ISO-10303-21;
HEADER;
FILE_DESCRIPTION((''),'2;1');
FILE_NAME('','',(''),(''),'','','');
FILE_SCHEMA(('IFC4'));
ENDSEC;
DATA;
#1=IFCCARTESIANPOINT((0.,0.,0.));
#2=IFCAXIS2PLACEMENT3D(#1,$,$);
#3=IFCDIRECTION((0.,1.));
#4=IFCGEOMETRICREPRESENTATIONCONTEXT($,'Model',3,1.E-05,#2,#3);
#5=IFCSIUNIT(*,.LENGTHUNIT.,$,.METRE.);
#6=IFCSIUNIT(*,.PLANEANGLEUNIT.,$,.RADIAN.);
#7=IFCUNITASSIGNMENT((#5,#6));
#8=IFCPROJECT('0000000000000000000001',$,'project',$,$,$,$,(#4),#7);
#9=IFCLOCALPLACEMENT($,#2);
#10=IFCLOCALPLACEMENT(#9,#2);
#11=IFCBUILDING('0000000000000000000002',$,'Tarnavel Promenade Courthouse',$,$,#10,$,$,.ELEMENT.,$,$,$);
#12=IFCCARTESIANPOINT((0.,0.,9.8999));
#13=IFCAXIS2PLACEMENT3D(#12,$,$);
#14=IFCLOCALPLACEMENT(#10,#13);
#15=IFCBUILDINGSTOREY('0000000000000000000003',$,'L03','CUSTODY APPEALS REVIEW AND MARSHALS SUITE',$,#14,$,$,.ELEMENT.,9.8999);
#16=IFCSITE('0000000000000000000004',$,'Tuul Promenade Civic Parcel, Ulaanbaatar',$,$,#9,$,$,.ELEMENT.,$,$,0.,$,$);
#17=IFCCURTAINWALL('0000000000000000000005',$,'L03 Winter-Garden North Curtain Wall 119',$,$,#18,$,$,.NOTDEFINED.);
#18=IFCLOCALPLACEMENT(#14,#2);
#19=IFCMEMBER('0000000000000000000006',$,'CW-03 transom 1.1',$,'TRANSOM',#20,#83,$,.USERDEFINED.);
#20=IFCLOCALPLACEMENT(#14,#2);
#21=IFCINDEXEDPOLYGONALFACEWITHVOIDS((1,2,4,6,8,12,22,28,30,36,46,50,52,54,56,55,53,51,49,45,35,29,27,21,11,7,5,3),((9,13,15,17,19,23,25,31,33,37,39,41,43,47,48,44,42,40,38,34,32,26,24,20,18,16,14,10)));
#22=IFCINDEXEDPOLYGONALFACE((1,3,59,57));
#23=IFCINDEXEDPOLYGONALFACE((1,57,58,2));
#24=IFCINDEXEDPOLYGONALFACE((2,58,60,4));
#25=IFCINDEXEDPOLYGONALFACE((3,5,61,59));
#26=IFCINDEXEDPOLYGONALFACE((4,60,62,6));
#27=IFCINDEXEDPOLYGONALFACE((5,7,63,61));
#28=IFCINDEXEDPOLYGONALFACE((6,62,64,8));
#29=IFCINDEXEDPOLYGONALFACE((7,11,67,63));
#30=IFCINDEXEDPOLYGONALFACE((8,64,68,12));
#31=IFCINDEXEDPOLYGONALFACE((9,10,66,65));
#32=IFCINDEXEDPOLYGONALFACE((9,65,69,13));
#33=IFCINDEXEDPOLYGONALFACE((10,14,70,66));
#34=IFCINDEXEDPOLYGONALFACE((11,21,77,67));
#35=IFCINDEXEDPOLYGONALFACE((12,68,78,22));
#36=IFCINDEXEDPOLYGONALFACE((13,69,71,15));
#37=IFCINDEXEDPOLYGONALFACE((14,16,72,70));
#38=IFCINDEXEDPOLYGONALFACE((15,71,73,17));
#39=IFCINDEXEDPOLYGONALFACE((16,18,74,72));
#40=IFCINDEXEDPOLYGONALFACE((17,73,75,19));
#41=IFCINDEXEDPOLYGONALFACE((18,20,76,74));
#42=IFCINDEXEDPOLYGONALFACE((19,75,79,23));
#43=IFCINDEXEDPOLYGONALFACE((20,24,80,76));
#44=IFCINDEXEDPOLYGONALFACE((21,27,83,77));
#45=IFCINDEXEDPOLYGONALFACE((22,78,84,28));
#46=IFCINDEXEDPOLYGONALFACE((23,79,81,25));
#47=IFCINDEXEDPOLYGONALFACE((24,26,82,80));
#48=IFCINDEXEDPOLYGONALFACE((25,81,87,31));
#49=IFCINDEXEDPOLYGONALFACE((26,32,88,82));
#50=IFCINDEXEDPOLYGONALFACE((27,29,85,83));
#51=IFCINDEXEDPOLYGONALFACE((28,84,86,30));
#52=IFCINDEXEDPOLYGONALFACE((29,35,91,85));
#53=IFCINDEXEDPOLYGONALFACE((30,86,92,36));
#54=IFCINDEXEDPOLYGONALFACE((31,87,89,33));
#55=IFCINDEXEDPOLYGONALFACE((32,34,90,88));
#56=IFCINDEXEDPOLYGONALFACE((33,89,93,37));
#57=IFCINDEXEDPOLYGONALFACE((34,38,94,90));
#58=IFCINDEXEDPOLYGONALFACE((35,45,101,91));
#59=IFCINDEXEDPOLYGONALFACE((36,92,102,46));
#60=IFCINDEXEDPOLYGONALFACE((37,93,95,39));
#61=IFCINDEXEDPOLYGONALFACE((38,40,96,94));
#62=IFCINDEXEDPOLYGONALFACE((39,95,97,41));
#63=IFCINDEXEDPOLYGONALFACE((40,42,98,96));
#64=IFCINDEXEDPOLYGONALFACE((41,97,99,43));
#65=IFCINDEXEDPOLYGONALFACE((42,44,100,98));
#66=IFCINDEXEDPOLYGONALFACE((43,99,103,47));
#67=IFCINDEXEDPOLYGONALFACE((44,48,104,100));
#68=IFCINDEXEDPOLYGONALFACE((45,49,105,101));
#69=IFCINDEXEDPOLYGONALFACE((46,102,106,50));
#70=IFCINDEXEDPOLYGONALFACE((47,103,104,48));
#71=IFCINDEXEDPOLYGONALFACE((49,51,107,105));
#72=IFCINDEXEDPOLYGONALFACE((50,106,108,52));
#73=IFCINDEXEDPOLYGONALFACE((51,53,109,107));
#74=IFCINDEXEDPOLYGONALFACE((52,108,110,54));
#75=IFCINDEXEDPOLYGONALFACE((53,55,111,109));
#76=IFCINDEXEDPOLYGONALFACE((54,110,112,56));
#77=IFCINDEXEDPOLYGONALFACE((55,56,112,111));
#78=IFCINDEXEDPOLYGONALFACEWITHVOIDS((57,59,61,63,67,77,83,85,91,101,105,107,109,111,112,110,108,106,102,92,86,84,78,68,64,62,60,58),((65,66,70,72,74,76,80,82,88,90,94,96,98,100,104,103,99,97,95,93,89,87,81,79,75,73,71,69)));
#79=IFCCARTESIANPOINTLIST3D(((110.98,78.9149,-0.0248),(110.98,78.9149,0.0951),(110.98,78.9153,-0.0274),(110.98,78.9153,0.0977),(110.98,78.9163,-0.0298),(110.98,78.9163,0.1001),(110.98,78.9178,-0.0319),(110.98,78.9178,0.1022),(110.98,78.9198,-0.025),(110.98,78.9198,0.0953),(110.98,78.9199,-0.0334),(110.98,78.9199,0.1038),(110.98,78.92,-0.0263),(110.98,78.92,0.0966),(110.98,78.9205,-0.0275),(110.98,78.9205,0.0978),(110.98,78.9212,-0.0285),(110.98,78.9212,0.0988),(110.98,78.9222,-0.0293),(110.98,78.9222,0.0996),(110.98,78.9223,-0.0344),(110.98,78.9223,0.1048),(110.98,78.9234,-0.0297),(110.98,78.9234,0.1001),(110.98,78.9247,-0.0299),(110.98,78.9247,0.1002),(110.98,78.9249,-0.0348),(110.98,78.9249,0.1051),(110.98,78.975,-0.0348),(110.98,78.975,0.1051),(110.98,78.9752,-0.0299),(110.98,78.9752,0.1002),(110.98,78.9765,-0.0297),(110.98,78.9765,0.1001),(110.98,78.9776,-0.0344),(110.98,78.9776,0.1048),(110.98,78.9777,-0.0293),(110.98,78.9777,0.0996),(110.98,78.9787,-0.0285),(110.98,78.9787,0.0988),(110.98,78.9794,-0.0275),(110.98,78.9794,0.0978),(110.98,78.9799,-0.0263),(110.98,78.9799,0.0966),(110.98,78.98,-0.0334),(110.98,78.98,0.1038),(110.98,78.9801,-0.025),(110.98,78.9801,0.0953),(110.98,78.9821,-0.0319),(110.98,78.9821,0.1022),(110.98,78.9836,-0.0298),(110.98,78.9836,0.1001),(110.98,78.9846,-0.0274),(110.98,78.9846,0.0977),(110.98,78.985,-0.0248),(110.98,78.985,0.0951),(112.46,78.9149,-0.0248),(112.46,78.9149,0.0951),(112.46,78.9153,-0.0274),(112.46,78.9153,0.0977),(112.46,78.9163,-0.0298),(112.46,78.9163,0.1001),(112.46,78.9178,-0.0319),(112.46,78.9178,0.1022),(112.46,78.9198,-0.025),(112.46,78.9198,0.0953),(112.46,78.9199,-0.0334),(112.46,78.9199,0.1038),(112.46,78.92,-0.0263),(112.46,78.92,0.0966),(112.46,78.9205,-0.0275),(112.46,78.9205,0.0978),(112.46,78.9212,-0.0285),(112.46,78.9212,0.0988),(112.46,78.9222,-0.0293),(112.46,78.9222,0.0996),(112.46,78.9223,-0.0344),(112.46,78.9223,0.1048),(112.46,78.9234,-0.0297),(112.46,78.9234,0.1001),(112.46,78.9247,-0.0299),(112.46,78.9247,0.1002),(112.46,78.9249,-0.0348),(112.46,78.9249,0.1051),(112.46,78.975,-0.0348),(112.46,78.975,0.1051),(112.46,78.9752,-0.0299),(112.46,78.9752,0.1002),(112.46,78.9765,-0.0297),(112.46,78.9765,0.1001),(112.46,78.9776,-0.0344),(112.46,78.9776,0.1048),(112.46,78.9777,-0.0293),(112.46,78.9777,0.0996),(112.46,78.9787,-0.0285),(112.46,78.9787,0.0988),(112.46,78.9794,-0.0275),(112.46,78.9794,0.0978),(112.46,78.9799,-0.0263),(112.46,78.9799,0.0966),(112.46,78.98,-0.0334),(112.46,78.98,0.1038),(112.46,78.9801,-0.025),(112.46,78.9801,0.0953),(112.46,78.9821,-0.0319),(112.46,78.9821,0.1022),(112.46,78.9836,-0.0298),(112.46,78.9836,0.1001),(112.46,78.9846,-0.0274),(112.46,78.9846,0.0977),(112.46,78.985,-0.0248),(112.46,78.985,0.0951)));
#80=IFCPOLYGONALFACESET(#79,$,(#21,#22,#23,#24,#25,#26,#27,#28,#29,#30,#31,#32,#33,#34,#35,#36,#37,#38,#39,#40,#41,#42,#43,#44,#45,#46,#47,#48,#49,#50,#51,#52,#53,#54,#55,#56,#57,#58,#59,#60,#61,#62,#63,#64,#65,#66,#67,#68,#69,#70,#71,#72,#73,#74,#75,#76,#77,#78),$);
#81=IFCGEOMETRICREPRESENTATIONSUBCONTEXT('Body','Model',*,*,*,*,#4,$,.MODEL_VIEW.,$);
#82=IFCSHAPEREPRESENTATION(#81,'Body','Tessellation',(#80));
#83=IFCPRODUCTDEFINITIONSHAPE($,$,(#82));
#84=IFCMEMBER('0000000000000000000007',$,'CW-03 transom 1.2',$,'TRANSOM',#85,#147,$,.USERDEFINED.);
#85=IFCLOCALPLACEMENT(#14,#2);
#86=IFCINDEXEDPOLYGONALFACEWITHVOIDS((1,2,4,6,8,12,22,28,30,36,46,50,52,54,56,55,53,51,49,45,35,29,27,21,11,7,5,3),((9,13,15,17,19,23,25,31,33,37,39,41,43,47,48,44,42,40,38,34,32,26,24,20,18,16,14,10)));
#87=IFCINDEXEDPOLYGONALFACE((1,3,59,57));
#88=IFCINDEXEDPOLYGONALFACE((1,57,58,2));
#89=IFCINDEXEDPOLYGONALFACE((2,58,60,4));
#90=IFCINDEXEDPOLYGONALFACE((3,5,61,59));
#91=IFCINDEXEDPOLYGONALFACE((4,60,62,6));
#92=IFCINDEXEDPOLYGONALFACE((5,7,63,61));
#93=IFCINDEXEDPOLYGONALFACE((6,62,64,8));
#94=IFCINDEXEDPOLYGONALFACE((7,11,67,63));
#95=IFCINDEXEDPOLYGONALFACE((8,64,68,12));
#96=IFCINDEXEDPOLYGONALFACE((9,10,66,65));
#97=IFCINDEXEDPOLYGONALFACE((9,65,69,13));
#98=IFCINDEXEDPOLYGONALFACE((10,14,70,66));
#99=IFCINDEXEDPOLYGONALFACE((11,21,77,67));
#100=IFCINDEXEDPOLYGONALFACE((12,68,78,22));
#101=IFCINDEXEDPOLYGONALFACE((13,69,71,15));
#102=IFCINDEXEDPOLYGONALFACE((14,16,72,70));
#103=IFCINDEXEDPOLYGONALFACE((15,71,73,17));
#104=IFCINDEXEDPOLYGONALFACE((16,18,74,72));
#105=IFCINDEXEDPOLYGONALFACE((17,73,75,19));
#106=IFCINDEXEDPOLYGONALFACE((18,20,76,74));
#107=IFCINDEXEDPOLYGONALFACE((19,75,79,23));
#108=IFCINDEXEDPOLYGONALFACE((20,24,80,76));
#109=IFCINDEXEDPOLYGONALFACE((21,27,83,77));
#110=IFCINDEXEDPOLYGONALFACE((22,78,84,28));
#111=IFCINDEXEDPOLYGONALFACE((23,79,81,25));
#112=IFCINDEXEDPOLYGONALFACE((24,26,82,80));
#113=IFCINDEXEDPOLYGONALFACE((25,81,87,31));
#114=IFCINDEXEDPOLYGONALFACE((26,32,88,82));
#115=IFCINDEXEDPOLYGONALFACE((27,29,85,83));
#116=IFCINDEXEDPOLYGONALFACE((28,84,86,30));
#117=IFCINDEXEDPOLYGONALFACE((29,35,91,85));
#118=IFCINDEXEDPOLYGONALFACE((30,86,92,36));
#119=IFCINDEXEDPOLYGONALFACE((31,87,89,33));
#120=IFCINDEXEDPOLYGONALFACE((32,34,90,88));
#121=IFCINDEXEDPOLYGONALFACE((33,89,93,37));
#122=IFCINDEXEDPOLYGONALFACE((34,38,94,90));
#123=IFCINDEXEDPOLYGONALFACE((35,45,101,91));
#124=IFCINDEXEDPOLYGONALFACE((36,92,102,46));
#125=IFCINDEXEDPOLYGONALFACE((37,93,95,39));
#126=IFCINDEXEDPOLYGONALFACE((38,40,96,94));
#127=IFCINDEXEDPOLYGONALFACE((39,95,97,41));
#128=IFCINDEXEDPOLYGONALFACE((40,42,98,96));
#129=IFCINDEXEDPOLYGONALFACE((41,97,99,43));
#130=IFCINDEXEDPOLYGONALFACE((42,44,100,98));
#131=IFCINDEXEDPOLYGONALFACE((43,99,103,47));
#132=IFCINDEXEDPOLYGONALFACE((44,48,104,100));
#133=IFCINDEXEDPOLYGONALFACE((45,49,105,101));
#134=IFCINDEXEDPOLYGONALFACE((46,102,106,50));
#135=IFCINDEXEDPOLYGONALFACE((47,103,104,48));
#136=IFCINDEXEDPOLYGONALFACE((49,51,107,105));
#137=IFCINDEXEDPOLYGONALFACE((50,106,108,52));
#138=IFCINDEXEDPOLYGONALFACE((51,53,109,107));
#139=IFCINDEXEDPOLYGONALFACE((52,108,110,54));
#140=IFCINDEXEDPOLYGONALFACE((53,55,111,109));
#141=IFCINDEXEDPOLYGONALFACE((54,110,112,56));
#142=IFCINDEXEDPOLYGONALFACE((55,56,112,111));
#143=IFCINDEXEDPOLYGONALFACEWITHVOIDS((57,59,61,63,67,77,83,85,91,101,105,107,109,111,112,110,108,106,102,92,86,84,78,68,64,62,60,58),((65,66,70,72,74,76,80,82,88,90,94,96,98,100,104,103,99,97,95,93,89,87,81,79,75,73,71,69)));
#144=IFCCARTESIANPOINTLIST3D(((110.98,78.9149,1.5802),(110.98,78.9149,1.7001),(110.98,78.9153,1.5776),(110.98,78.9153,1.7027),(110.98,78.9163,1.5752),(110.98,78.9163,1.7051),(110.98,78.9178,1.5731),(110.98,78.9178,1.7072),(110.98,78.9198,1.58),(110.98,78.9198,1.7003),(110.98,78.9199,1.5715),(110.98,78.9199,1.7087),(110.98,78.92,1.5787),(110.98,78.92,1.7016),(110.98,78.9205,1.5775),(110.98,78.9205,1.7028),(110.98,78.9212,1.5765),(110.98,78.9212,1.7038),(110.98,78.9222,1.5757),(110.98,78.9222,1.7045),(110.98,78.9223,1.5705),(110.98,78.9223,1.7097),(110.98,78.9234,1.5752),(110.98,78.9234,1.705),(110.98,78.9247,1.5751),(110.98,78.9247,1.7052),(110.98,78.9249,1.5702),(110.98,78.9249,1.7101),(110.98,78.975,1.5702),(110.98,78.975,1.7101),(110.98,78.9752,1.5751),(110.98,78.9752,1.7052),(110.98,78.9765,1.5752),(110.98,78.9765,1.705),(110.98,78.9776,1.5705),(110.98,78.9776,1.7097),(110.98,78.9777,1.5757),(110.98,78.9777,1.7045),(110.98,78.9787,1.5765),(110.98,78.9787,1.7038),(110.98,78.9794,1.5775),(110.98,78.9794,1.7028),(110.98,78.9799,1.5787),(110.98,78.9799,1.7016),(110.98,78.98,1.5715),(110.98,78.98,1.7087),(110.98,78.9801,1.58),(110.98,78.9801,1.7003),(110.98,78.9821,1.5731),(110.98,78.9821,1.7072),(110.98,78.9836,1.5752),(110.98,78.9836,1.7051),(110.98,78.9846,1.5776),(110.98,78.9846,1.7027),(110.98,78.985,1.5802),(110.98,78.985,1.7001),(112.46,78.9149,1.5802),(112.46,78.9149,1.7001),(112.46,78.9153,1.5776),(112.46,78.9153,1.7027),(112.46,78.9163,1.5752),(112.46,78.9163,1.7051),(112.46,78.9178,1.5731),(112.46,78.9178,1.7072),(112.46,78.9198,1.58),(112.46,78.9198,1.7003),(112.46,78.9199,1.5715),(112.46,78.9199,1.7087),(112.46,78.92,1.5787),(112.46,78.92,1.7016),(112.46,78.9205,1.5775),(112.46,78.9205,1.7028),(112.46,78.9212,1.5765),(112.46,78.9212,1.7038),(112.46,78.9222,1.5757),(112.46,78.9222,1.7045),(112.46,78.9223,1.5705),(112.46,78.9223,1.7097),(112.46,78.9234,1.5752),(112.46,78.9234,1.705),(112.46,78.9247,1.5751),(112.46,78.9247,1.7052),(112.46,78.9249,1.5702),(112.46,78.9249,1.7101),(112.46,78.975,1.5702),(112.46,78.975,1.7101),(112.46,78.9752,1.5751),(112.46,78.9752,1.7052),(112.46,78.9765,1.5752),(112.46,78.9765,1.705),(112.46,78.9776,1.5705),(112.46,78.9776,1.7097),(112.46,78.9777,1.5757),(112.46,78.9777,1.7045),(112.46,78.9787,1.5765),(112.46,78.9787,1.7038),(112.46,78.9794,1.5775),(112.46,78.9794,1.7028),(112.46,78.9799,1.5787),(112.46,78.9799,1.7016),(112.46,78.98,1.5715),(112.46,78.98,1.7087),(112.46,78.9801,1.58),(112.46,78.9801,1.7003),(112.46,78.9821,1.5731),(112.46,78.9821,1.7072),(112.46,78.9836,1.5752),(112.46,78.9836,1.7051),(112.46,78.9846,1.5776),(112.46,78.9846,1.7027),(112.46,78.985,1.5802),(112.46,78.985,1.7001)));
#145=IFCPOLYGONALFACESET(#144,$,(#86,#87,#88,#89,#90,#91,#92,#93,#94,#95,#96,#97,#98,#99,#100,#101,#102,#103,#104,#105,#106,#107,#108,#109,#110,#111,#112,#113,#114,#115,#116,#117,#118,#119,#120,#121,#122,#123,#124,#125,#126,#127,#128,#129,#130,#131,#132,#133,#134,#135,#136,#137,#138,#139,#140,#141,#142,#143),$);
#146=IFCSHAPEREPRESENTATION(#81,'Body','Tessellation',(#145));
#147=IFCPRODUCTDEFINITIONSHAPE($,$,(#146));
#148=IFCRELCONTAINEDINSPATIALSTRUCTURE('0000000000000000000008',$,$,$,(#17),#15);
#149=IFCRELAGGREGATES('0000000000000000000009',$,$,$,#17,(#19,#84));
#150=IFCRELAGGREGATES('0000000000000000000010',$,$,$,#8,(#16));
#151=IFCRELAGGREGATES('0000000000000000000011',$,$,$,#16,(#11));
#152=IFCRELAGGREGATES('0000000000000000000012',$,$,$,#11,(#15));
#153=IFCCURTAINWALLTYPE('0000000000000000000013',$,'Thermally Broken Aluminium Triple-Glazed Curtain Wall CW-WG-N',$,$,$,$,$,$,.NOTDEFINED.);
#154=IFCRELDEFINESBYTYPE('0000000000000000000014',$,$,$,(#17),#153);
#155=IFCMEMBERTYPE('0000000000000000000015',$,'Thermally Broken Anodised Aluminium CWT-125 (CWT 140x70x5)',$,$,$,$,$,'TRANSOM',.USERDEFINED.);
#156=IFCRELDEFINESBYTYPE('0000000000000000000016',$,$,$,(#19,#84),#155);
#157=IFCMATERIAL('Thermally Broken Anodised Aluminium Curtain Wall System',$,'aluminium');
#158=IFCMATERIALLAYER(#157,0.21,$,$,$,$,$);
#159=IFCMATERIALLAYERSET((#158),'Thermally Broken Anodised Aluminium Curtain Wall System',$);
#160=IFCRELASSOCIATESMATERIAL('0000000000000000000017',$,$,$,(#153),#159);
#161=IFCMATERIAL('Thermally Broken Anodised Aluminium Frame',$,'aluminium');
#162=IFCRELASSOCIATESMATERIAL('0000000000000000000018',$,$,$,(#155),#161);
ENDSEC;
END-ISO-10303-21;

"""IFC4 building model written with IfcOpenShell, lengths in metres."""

from ifc_helpers import new_model, si_unit, direction, frame, origin, origin_2d, place, context, subcontext, project, spatial, hollow_rectangle, extrude, material, layer, layer_set, material_profile, profile_set, type_object, element, aggregate, save


model = new_model("IFC4")

# Units and contexts
model_context = context("Model", 3, precision=1e-05, world=origin(), true_north=direction((0.0, 1.0)))
body_context = subcontext(model_context, "Body", "Model", "MODEL_VIEW")
ifc_project = project(units=[si_unit("LENGTHUNIT", "METRE"), si_unit("PLANEANGLEUNIT", "RADIAN")], contexts=[model_context])

# Site, building, storey
site_placement = place(None, origin())
site = spatial("IfcSite", under=ifc_project, at=site_placement, Name="Tuul Promenade Civic Parcel, Ulaanbaatar", CompositionType="ELEMENT", RefElevation=0.0)
building_placement = place(site_placement, origin())
building = spatial("IfcBuilding", under=site, at=building_placement, Name="Tarnavel Promenade Courthouse", CompositionType="ELEMENT")
storey_placement = place(building_placement, frame((0.0, 0.0, 9.8999)))
storey = spatial("IfcBuildingStorey", under=building, at=storey_placement, Name="L03", Description="CUSTODY APPEALS REVIEW AND MARSHALS SUITE", CompositionType="ELEMENT", Elevation=9.8999)

# Shared definitions
ifc_material_1 = material(Name="Thermally Broken Anodised Aluminium Curtain Wall System", Category="aluminium")
ifc_layer_1 = layer(ifc_material_1, 0.21)
ifc_layer_set_1 = layer_set([ifc_layer_1], Name="Thermally Broken Anodised Aluminium Curtain Wall System")
curtain_wall_type = type_object("IfcCurtainWallType", Name="Thermally Broken Aluminium Triple-Glazed Curtain Wall CW-WG-N", PredefinedType="NOTDEFINED", material=ifc_layer_set_1)
ifc_material_2 = material(Name="Thermally Broken Anodised Aluminium Frame", Category="aluminium")

# Curtain wall
curtain_wall_1_placement = place(storey_placement, origin())
curtain_wall_1 = element("IfcCurtainWall", 1, at=curtain_wall_1_placement, inside=storey, type_object=curtain_wall_type, Name="L03 Winter-Garden North Curtain Wall 119", PredefinedType="NOTDEFINED")

# Members
ifc_material_profile_1 = material_profile(ifc_material_2, hollow_rectangle(XDim=0.0701, YDim=0.1399, WallThickness=0.0049, InnerFilletRadius=0.0049, OuterFilletRadius=0.01, at=origin_2d()), Name="CWT 140x70x5")
ifc_profile_set_1 = profile_set([ifc_material_profile_1], Name="Thermally Broken Anodised Aluminium Frame")
member_type_1 = type_object("IfcMemberType", Name="Thermally Broken Anodised Aluminium CWT-125 (CWT 140x70x5)", ElementType="TRANSOM", PredefinedType="USERDEFINED", material=ifc_profile_set_1)
member_1_placement = place(storey_placement, frame((110.98, 78.95, 0.0352), z_axis=(1.0, 0.0, 0.0), x_axis=(0.0, 1.0, 0.0)))
member_1 = element("IfcMember", 2, at=member_1_placement, type_object=member_type_1, Name="CW-03 transom 1.1", ObjectType="TRANSOM", PredefinedType="USERDEFINED", context=body_context, shape_type="SweptSolid", body=[
    extrude(hollow_rectangle(XDim=0.0701, YDim=0.1399, WallThickness=0.0049, InnerFilletRadius=0.0049, OuterFilletRadius=0.01, at=origin_2d()), origin(), (0.0, 0.0, 1.0), 1.48),
])
member_2_placement = place(storey_placement, frame((110.98, 78.95, 1.6401), z_axis=(1.0, 0.0, 0.0), x_axis=(0.0, 1.0, 0.0)))
member_2 = element("IfcMember", 3, at=member_2_placement, type_object=member_type_1, Name="CW-03 transom 1.2", ObjectType="TRANSOM", PredefinedType="USERDEFINED", context=body_context, shape_type="SweptSolid", body=[
    extrude(hollow_rectangle(XDim=0.0701, YDim=0.1399, WallThickness=0.0049, InnerFilletRadius=0.0049, OuterFilletRadius=0.01, at=origin_2d()), origin(), (0.0, 0.0, 1.0), 1.48),
])
aggregate(curtain_wall_1, [member_1, member_2])

save(model, "model.ifc")
